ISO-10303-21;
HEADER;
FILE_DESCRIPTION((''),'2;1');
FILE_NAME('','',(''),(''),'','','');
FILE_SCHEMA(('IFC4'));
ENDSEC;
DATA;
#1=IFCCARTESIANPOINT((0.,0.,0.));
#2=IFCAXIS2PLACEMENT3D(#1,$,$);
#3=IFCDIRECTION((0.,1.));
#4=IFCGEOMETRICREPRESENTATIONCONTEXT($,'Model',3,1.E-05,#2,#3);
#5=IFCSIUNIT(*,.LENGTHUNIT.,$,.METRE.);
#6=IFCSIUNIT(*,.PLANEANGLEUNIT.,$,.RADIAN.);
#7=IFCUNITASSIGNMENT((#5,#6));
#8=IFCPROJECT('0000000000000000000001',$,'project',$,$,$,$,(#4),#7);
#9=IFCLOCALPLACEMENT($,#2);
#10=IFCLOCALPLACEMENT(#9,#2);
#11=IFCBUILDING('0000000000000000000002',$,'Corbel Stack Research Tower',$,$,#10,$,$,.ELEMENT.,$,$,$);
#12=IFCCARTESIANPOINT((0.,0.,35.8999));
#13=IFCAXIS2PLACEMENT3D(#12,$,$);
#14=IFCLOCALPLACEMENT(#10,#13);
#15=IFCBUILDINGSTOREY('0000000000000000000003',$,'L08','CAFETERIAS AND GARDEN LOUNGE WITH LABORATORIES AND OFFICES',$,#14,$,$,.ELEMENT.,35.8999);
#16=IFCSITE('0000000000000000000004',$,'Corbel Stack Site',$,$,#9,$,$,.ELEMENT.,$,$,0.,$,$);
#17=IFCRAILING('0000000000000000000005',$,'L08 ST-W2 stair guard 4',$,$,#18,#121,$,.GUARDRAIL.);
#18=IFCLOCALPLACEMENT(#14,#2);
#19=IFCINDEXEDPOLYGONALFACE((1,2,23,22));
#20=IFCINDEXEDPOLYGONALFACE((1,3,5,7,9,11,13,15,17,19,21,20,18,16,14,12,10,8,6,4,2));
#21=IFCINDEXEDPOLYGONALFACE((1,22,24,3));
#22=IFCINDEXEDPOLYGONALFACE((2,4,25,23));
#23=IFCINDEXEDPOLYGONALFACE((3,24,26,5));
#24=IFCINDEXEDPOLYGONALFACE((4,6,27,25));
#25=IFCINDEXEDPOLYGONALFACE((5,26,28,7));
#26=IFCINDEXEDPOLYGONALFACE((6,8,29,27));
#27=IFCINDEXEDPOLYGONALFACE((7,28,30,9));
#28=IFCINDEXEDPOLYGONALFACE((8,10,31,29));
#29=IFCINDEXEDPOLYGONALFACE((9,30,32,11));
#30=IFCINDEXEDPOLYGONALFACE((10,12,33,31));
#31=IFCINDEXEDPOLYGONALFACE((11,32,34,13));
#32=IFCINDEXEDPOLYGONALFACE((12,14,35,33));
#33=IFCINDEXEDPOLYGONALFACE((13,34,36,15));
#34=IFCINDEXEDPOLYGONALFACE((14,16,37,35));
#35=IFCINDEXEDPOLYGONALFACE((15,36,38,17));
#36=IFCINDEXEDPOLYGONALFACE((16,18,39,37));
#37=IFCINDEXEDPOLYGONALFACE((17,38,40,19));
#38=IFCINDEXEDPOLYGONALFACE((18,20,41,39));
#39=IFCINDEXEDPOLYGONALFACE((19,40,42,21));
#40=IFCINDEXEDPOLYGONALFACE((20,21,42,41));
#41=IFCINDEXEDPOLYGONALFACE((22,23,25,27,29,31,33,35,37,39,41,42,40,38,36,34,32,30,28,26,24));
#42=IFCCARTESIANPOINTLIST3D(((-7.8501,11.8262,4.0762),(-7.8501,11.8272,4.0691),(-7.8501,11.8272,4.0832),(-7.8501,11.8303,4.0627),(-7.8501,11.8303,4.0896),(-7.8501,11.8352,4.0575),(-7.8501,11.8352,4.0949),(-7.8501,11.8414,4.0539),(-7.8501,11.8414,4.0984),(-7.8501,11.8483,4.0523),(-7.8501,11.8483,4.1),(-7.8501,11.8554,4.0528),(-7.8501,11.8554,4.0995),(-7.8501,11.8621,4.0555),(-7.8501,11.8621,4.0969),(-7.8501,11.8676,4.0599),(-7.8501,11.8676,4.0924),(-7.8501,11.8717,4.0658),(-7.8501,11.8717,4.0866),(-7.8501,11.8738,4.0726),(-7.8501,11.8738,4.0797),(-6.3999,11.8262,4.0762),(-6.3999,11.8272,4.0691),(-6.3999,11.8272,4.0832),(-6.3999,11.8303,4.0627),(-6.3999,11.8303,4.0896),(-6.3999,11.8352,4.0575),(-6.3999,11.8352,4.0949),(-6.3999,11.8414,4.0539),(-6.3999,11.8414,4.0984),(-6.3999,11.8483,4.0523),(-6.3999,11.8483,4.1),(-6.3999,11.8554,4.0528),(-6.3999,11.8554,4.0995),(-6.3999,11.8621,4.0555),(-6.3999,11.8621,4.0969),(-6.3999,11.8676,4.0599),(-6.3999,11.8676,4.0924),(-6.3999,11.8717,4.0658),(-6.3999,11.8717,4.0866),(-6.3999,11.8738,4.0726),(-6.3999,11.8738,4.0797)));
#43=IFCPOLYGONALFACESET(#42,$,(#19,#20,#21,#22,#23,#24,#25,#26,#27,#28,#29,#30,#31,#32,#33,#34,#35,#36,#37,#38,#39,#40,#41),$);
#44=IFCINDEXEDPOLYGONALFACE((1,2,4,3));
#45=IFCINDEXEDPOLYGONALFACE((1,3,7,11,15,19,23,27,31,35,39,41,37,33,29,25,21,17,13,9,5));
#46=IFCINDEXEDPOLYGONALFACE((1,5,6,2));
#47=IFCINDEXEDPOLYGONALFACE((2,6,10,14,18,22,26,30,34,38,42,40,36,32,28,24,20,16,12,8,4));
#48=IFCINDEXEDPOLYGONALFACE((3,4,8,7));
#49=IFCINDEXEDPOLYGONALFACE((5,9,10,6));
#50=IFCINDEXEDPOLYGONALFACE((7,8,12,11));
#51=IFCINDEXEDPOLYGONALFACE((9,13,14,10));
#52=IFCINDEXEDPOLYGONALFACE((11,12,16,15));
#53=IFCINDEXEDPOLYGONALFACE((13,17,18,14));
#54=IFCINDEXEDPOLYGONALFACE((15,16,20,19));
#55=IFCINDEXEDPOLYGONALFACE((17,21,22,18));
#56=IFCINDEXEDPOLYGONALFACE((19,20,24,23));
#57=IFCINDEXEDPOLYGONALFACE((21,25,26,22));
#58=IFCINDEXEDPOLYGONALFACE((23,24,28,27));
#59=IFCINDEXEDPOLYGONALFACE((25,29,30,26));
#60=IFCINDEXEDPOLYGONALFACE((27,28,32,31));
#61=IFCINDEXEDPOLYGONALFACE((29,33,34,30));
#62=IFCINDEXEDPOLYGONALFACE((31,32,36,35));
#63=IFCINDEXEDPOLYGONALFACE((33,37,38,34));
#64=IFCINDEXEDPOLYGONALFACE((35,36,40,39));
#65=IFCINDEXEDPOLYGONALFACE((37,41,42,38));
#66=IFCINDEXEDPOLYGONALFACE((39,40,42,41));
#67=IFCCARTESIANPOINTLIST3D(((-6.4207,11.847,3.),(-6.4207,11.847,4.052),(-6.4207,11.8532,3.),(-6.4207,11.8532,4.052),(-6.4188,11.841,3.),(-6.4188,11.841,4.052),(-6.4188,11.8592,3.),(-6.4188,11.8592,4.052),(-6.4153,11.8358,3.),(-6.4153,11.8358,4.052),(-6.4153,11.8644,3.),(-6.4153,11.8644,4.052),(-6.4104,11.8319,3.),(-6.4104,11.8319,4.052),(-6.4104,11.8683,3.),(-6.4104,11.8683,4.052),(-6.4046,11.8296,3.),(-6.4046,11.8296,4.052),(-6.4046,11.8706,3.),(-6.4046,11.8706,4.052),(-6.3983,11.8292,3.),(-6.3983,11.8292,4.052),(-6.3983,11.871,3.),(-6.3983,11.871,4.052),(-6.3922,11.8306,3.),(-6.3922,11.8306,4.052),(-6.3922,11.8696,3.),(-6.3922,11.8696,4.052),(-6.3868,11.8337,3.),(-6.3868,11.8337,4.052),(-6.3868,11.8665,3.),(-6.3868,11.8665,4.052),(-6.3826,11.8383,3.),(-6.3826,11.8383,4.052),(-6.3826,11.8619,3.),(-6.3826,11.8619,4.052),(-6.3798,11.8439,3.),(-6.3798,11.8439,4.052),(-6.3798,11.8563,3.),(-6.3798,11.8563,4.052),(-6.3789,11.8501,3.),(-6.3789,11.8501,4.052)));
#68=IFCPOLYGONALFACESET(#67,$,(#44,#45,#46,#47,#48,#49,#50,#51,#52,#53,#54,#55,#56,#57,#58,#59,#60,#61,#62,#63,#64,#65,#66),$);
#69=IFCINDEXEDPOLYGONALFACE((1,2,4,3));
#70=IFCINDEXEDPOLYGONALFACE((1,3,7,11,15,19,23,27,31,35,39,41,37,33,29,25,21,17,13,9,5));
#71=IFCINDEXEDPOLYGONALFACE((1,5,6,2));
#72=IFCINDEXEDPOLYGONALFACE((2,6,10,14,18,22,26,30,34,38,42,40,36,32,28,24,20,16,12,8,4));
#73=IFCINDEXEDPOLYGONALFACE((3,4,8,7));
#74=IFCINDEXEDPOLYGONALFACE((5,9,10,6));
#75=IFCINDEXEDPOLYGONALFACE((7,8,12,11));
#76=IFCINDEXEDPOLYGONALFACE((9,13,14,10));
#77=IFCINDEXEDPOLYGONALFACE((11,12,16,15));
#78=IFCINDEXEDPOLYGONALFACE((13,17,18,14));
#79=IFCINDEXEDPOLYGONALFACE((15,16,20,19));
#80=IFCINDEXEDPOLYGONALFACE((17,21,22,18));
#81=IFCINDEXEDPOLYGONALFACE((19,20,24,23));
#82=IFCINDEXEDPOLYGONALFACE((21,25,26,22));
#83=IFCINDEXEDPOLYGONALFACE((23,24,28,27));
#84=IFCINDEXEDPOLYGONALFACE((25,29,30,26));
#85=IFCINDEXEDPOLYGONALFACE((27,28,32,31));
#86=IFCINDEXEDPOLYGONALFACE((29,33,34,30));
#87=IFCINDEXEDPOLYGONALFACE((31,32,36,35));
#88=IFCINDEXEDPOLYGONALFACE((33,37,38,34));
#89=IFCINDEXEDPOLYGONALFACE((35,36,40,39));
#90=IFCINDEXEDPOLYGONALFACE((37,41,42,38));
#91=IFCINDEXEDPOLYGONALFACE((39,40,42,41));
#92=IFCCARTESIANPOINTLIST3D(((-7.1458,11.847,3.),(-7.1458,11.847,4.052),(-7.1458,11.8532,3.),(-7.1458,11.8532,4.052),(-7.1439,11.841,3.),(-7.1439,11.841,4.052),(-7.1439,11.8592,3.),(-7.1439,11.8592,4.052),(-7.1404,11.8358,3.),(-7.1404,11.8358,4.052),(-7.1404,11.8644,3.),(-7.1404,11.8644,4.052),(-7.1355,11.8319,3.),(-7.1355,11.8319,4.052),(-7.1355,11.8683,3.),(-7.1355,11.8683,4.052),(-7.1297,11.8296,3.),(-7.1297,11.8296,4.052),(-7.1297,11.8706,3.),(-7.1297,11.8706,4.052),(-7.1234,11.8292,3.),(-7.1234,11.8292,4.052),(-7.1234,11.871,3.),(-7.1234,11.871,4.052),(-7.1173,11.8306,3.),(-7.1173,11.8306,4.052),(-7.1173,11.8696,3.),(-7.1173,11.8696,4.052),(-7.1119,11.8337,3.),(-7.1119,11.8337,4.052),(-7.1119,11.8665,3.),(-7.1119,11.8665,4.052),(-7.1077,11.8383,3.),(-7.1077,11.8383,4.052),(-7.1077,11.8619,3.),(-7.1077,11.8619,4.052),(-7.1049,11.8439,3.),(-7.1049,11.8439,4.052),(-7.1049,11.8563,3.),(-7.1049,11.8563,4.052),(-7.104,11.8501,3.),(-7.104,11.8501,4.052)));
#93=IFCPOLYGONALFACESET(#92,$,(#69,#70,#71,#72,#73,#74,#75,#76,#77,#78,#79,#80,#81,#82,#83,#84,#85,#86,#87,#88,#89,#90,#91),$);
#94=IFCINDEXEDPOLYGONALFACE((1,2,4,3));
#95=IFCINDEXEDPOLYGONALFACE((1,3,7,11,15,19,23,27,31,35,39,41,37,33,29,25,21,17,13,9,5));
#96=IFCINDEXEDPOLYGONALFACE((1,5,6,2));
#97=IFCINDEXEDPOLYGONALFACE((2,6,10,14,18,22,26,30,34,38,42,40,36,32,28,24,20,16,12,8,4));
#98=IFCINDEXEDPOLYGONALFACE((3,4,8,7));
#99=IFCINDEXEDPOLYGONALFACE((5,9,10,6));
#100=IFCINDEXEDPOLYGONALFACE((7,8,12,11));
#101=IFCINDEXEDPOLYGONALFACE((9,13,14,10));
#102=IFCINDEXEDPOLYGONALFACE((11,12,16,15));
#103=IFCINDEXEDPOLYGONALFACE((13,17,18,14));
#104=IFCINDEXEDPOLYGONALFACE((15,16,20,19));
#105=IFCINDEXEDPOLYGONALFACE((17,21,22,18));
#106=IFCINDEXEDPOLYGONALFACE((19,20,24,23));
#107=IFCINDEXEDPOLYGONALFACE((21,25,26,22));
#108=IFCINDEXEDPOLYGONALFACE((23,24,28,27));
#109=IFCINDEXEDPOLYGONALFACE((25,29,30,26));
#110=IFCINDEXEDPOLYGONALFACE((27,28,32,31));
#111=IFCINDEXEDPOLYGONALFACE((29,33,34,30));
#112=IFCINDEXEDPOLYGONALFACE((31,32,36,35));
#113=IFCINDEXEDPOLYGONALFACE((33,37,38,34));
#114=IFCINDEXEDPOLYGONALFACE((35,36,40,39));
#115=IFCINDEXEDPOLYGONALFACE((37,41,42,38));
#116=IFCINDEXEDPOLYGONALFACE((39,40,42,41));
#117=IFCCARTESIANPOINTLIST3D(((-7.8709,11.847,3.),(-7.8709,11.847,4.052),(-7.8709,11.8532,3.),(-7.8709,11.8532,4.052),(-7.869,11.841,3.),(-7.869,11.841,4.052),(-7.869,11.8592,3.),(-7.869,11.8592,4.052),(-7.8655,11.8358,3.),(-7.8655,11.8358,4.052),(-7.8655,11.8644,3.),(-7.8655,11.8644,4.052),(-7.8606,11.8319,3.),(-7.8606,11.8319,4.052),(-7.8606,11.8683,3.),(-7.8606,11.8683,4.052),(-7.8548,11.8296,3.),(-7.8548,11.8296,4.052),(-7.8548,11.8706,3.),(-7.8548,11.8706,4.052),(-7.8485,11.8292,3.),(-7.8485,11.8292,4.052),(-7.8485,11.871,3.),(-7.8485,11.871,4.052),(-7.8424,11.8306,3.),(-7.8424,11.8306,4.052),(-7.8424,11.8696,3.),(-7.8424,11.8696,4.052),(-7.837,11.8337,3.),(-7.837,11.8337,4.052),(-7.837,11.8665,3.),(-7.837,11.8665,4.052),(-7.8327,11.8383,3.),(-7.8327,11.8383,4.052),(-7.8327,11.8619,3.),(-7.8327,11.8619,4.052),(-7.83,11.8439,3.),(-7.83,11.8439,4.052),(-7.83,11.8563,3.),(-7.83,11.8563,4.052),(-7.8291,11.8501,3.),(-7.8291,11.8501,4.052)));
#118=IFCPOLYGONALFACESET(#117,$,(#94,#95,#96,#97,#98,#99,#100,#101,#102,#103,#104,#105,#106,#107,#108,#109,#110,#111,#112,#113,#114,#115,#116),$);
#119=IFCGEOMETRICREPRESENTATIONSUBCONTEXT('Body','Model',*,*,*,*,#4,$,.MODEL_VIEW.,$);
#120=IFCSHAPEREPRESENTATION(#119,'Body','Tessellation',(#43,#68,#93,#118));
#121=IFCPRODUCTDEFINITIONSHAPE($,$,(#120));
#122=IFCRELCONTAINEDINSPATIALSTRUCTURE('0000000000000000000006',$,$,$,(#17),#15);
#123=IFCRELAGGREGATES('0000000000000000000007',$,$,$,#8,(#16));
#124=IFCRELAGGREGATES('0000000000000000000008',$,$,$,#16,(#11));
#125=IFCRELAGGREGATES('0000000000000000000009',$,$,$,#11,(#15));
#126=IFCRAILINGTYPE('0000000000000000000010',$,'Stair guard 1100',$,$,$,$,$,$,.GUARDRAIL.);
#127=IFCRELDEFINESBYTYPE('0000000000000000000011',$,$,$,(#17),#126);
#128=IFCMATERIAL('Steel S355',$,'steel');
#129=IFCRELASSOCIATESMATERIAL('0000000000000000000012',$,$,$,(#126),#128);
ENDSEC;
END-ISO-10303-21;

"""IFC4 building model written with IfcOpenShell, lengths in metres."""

from ifc_helpers import new_model, si_unit, direction, frame, origin, origin_2d, place, context, subcontext, project, spatial, circle, extrude, material, type_object, element, save


model = new_model("IFC4")

# Units and contexts
model_context = context("Model", 3, precision=1e-05, world=origin(), true_north=direction((0.0, 1.0)))
body_context = subcontext(model_context, "Body", "Model", "MODEL_VIEW")
ifc_project = project(units=[si_unit("LENGTHUNIT", "METRE"), si_unit("PLANEANGLEUNIT", "RADIAN")], contexts=[model_context])

# Site, building, storey
site_placement = place(None, origin())
site = spatial("IfcSite", under=ifc_project, at=site_placement, Name="Corbel Stack Site", CompositionType="ELEMENT", RefElevation=0.0)
building_placement = place(site_placement, origin())
building = spatial("IfcBuilding", under=site, at=building_placement, Name="Corbel Stack Research Tower", CompositionType="ELEMENT")
storey_placement = place(building_placement, frame((0.0, 0.0, 35.8999)))
storey = spatial("IfcBuildingStorey", under=building, at=storey_placement, Name="L08", Description="CAFETERIAS AND GARDEN LOUNGE WITH LABORATORIES AND OFFICES", CompositionType="ELEMENT", Elevation=35.8999)

# Railing
ifc_material_1 = material(Name="Steel S355", Category="steel")
railing_type_1 = type_object("IfcRailingType", Name="Stair guard 1100", PredefinedType="GUARDRAIL", material=ifc_material_1)
railing_1_placement = place(storey_placement, frame((-6.3999, 11.8501, 3.0)))
element("IfcRailing", 1, at=railing_1_placement, inside=storey, type_object=railing_type_1, Name="L08 ST-W2 stair guard 4", PredefinedType="GUARDRAIL", context=body_context, shape_type="SweptSolid", body=[
    extrude(circle(Radius=0.0239, at=origin_2d()), frame((0.0, 0.0, 1.0762), z_axis=(-1.0, 0.0, 0.0), x_axis=(0.0, -1.0, 0.0)), (0.0, 0.0, 1.0), 1.4502),
    extrude(circle(Radius=0.021, at=origin_2d()), origin(), (0.0, 0.0, 1.0), 1.052),
    extrude(circle(Radius=0.021, at=origin_2d()), frame((-0.7251, 0.0, 0.0)), (0.0, 0.0, 1.0), 1.052),
    extrude(circle(Radius=0.021, at=origin_2d()), frame((-1.4502, 0.0, 0.0)), (0.0, 0.0, 1.0), 1.052),
])

save(model, "model.ifc")
